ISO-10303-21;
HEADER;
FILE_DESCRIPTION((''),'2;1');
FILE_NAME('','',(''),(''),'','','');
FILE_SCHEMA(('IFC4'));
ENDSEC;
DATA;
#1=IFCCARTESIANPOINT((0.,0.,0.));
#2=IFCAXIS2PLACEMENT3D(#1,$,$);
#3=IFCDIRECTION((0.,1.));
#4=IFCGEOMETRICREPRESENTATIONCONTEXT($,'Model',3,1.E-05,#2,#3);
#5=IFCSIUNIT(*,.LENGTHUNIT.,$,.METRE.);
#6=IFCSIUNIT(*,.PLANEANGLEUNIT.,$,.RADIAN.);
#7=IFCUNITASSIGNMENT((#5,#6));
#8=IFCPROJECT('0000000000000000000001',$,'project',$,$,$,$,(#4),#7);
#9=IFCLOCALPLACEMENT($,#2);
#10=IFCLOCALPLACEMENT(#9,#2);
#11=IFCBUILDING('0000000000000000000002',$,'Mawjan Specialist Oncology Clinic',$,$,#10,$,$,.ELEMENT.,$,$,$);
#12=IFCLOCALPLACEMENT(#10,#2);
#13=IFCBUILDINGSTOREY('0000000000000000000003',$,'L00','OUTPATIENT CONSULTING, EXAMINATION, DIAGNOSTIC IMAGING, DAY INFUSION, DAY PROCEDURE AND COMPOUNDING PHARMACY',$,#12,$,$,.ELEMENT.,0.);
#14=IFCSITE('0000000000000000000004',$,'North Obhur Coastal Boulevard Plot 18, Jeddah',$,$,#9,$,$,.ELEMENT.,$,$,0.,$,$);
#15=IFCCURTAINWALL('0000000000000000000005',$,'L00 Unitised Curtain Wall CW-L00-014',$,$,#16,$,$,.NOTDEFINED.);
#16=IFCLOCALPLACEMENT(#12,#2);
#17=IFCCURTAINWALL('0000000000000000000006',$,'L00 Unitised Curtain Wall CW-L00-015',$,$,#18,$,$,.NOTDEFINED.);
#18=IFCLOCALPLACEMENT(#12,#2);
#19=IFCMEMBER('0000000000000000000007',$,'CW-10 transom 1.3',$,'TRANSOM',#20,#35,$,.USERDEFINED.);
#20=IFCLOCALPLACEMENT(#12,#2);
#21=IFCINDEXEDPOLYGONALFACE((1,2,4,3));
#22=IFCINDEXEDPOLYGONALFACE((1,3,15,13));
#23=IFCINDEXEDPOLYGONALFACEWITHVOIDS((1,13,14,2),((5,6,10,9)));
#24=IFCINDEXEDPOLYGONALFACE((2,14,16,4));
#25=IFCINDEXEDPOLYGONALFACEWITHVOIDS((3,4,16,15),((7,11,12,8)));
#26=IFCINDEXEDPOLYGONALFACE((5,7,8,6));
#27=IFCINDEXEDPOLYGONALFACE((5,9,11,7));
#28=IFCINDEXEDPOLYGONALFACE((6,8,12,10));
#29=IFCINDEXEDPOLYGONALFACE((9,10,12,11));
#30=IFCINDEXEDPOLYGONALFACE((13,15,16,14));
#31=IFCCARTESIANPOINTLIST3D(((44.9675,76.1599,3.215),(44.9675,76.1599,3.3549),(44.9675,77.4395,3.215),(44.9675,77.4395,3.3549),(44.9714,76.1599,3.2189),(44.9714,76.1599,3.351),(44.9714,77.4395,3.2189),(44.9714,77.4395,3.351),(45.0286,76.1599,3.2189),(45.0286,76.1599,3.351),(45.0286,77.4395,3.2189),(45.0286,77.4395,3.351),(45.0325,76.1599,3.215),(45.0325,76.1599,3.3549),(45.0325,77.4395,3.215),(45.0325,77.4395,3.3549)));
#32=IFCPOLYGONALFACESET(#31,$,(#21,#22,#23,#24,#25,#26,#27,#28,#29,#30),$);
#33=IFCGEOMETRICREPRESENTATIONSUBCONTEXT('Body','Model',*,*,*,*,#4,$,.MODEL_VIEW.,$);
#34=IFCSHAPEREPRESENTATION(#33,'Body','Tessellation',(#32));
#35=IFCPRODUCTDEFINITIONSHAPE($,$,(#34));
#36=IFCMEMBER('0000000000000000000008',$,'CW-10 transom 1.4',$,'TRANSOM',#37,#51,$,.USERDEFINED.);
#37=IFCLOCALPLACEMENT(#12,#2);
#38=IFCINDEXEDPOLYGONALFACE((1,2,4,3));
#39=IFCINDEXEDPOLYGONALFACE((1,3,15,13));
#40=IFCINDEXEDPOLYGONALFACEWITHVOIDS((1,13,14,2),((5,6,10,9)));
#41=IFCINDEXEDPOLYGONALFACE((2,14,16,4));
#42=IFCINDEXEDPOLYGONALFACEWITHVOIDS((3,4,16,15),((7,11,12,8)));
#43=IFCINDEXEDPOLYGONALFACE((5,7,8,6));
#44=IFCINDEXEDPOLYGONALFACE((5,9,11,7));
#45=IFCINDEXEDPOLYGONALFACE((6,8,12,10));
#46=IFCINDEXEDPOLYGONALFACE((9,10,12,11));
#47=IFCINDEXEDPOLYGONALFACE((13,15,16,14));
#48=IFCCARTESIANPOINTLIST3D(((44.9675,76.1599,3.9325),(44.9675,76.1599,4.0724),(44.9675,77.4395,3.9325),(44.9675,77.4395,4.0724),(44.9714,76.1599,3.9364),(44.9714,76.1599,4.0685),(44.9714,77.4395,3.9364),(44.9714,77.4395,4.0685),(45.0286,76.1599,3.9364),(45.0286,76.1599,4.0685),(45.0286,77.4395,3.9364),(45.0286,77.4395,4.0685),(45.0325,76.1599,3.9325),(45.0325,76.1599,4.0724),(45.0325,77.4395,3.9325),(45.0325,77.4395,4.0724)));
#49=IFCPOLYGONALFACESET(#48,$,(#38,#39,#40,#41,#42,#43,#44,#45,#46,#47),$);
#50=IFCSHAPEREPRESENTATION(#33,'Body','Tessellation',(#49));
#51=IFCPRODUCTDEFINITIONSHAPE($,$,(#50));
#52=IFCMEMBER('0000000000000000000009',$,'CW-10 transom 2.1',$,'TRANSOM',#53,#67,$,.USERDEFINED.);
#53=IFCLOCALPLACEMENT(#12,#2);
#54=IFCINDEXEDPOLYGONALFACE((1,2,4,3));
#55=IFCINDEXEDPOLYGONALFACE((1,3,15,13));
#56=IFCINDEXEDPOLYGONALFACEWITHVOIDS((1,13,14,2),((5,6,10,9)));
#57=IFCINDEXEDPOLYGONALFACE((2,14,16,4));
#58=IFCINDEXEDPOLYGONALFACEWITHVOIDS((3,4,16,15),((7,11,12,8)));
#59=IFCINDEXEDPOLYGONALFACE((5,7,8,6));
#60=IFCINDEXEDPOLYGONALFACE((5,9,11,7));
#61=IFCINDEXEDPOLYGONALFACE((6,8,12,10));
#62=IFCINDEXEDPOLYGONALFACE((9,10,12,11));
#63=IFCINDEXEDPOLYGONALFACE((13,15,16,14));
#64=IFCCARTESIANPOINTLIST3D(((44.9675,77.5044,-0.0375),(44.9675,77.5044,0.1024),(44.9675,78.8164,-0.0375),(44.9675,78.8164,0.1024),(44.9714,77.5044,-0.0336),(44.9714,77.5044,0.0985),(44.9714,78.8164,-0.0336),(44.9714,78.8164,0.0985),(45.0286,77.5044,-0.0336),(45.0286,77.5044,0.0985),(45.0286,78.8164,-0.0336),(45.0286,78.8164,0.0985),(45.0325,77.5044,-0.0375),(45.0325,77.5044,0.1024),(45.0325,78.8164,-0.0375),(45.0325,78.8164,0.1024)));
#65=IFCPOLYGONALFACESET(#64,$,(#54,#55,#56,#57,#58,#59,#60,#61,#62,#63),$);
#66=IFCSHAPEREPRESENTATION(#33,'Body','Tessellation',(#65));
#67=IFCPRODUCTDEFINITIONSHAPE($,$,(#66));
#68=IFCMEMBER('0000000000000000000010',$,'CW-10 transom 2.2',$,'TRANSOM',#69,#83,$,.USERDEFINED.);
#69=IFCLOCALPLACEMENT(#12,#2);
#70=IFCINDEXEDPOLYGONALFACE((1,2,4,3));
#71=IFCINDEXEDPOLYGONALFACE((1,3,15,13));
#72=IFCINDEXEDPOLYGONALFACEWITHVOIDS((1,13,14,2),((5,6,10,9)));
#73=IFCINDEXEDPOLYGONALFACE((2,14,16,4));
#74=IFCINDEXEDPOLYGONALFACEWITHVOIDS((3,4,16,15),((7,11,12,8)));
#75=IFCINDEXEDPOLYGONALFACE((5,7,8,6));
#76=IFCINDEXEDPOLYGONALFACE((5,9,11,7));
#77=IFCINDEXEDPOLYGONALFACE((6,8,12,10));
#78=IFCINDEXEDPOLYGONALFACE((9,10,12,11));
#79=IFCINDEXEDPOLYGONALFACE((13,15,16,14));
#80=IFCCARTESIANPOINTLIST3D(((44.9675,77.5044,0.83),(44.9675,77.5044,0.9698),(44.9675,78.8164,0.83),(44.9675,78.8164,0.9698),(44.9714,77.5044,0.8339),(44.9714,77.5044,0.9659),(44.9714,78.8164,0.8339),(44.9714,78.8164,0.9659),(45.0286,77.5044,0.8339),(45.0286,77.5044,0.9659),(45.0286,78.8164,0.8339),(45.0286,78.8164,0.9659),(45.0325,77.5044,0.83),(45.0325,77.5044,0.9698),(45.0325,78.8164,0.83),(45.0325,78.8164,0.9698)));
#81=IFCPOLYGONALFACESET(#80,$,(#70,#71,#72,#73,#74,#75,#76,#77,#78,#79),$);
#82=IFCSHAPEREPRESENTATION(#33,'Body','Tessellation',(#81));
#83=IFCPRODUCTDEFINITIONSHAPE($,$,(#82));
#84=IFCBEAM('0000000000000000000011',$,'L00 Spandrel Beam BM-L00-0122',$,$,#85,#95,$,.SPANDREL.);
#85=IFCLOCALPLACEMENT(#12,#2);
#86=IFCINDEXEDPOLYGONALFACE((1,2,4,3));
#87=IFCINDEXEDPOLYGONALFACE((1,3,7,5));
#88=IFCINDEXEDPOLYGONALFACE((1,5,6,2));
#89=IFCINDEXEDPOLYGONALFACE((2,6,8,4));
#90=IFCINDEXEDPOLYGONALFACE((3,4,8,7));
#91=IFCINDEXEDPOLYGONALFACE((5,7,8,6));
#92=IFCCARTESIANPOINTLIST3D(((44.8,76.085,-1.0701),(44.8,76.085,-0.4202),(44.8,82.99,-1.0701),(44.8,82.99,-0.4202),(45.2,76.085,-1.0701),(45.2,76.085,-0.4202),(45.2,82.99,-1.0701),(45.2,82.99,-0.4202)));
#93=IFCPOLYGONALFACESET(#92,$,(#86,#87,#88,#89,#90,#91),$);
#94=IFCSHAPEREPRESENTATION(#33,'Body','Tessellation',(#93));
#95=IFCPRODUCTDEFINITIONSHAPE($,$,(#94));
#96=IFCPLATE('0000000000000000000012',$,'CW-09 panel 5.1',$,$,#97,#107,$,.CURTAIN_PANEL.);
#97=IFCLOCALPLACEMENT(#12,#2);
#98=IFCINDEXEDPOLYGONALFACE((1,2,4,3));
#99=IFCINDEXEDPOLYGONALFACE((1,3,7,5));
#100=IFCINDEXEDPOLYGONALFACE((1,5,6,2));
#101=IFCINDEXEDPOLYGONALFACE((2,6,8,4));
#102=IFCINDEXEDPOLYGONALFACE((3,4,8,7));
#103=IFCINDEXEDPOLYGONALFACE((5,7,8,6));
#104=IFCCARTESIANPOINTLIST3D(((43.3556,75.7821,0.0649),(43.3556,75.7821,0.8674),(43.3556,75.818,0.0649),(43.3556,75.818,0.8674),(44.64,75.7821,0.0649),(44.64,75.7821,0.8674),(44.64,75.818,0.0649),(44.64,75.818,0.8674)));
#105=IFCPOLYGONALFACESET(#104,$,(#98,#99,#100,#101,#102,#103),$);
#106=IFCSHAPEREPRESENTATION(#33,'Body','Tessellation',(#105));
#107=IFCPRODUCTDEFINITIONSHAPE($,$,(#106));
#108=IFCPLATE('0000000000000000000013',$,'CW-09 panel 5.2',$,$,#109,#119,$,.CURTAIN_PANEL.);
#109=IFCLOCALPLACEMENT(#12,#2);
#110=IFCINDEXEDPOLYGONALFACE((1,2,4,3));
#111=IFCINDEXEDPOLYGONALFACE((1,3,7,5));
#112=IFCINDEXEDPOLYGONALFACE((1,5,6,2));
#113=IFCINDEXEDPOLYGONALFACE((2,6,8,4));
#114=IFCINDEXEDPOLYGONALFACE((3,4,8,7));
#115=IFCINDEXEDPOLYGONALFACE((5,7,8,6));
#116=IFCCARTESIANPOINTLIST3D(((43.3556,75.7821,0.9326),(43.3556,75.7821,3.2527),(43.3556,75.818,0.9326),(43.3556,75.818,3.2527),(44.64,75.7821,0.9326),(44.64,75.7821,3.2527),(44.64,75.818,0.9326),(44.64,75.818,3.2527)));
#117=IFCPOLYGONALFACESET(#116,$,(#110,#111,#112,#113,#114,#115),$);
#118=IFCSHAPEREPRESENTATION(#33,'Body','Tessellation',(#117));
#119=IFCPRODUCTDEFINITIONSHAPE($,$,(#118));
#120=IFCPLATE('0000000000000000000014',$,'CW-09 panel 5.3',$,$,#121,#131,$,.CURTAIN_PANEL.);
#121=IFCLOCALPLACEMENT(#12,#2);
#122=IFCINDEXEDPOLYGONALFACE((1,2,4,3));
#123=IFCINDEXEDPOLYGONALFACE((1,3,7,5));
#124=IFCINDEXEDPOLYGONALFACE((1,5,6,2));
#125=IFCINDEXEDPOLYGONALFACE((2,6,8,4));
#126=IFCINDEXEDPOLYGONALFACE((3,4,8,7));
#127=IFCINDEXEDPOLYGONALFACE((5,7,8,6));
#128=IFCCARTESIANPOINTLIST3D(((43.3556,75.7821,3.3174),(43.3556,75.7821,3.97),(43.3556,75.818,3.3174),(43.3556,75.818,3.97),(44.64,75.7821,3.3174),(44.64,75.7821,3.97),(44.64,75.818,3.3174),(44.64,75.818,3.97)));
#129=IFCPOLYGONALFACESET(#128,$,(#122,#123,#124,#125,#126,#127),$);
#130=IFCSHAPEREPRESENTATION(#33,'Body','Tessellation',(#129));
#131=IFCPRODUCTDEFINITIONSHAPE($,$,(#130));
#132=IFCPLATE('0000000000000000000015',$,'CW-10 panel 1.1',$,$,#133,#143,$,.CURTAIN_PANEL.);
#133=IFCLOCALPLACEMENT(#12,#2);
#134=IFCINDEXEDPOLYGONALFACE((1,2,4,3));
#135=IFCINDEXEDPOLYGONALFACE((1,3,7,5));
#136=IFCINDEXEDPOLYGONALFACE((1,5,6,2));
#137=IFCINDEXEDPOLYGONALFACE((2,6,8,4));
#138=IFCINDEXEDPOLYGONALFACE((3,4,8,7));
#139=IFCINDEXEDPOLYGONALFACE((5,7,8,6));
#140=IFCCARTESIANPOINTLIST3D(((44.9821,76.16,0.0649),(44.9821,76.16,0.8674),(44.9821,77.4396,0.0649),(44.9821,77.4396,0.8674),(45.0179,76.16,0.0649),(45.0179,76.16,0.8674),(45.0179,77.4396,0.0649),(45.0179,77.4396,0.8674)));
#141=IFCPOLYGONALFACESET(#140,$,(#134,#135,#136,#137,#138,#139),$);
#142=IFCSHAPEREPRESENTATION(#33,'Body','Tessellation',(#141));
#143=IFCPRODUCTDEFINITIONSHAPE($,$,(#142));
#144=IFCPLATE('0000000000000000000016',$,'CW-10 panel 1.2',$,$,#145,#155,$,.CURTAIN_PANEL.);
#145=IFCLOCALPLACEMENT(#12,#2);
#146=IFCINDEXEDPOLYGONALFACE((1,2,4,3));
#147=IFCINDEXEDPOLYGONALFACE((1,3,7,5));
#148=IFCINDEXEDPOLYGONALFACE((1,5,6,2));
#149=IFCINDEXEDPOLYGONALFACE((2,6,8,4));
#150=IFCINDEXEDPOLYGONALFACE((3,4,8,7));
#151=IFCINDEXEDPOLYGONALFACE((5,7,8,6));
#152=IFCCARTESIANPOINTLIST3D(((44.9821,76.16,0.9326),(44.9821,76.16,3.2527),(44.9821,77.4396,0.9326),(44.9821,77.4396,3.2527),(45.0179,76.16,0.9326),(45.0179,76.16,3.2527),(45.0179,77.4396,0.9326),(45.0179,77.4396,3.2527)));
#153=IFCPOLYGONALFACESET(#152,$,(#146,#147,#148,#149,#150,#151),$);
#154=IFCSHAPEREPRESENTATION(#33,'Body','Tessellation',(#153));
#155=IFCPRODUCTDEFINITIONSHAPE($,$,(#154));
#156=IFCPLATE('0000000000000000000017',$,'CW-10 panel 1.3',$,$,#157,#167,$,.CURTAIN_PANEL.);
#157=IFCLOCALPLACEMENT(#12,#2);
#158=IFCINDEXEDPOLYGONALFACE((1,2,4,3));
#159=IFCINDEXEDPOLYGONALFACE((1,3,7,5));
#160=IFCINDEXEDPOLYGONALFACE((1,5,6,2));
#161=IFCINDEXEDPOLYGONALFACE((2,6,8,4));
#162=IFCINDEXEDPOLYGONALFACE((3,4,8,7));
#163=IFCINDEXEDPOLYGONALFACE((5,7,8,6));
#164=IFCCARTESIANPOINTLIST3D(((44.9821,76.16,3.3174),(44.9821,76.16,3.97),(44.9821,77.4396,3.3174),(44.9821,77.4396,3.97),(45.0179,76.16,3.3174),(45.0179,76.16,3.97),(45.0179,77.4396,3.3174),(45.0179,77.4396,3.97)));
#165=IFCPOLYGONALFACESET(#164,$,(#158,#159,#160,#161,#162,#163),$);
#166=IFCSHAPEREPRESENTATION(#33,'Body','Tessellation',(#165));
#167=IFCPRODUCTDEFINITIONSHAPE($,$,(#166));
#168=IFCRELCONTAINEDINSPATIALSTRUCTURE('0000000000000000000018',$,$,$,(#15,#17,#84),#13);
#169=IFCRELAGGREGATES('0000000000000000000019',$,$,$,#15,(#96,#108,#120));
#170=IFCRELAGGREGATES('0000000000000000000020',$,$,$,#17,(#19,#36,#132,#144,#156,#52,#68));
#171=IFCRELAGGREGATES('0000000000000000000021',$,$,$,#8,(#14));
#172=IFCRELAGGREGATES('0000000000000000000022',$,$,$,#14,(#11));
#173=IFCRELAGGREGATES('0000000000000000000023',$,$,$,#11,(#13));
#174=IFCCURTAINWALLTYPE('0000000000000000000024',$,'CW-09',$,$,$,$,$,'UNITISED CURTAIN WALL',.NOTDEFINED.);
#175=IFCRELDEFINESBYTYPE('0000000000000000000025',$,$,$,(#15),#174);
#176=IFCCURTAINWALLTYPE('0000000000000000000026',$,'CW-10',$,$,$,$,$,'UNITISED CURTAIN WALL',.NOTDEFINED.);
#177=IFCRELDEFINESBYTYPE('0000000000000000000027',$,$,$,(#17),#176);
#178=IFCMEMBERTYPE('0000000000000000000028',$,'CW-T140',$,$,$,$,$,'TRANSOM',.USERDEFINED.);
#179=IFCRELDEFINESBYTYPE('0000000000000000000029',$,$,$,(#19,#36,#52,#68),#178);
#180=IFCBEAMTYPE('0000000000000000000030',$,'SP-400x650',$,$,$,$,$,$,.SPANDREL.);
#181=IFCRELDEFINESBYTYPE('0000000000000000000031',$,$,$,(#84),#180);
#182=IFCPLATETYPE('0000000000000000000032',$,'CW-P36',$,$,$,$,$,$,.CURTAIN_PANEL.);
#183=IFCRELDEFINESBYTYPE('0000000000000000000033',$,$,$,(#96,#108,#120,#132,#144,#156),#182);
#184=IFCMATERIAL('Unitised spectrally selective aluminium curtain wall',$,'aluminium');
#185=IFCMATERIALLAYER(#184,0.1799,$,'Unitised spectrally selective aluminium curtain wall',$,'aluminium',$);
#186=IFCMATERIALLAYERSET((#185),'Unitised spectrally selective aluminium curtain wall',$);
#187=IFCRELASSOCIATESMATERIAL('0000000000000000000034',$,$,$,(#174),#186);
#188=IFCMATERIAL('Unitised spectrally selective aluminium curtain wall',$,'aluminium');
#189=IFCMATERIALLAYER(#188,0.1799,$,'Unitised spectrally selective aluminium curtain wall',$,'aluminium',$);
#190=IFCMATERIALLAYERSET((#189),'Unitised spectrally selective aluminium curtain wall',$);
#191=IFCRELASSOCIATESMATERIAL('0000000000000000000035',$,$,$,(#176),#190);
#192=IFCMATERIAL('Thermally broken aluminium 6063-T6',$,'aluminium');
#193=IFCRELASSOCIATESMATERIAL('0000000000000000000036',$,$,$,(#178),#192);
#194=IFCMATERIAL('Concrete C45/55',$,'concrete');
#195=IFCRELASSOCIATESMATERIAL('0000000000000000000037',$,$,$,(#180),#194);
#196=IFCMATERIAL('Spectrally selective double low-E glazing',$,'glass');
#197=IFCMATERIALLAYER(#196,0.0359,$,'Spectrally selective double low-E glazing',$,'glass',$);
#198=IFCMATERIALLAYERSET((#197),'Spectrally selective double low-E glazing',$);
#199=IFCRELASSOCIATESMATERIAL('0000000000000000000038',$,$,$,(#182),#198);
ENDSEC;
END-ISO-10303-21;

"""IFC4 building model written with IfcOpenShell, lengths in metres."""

from ifc_helpers import new_model, si_unit, direction, frame, origin, origin_2d, place, context, subcontext, project, spatial, rectangle, hollow_rectangle, extrude, material, layer, layer_set, material_profile, profile_set, type_object, element, aggregate, save


model = new_model("IFC4")

# Units and contexts
model_context = context("Model", 3, precision=1e-05, world=origin(), true_north=direction((0.0, 1.0)))
body_context = subcontext(model_context, "Body", "Model", "MODEL_VIEW")
ifc_project = project(units=[si_unit("LENGTHUNIT", "METRE"), si_unit("PLANEANGLEUNIT", "RADIAN")], contexts=[model_context])

# Site, building, storey
site_placement = place(None, origin())
site = spatial("IfcSite", under=ifc_project, at=site_placement, Name="North Obhur Coastal Boulevard Plot 18, Jeddah", CompositionType="ELEMENT", RefElevation=0.0)
building_placement = place(site_placement, origin())
building = spatial("IfcBuilding", under=site, at=building_placement, Name="Mawjan Specialist Oncology Clinic", CompositionType="ELEMENT")
storey_placement = place(building_placement, origin())
storey = spatial("IfcBuildingStorey", under=building, at=storey_placement, Name="L00", Description="OUTPATIENT CONSULTING, EXAMINATION, DIAGNOSTIC IMAGING, DAY INFUSION, DAY PROCEDURE AND COMPOUNDING PHARMACY", CompositionType="ELEMENT", Elevation=0.0)

# Curtain walls
ifc_material_1 = material(Name="Unitised spectrally selective aluminium curtain wall", Category="aluminium")
ifc_layer_1 = layer(ifc_material_1, 0.1799, Name="Unitised spectrally selective aluminium curtain wall", Category="aluminium")
ifc_layer_set_1 = layer_set([ifc_layer_1], Name="Unitised spectrally selective aluminium curtain wall")
curtain_wall_type_1 = type_object("IfcCurtainWallType", Name="CW-09", ElementType="UNITISED CURTAIN WALL", PredefinedType="NOTDEFINED", material=ifc_layer_set_1)
curtain_wall_1_placement = place(storey_placement, origin())
curtain_wall_1 = element("IfcCurtainWall", 1, at=curtain_wall_1_placement, inside=storey, type_object=curtain_wall_type_1, Name="L00 Unitised Curtain Wall CW-L00-014", PredefinedType="NOTDEFINED")
ifc_material_2 = material(Name="Unitised spectrally selective aluminium curtain wall", Category="aluminium")
ifc_layer_2 = layer(ifc_material_2, 0.1799, Name="Unitised spectrally selective aluminium curtain wall", Category="aluminium")
ifc_layer_set_2 = layer_set([ifc_layer_2], Name="Unitised spectrally selective aluminium curtain wall")
curtain_wall_type_2 = type_object("IfcCurtainWallType", Name="CW-10", ElementType="UNITISED CURTAIN WALL", PredefinedType="NOTDEFINED", material=ifc_layer_set_2)
curtain_wall_2_placement = place(storey_placement, origin())
curtain_wall_2 = element("IfcCurtainWall", 2, at=curtain_wall_2_placement, inside=storey, type_object=curtain_wall_type_2, Name="L00 Unitised Curtain Wall CW-L00-015", PredefinedType="NOTDEFINED")

# Members
ifc_material_3 = material(Name="Thermally broken aluminium 6063-T6", Category="aluminium")
ifc_material_profile_1 = material_profile(ifc_material_3, hollow_rectangle(XDim=0.0649, YDim=0.1399, WallThickness=0.0039, at=origin_2d()), Name="ALU TRANSOM 140x65x4", Category="aluminium")
ifc_profile_set_1 = profile_set([ifc_material_profile_1], Name="Thermally broken aluminium 6063-T6")
member_type_1 = type_object("IfcMemberType", Name="CW-T140", ElementType="TRANSOM", PredefinedType="USERDEFINED", material=ifc_profile_set_1)
member_1_placement = place(storey_placement, frame((45.0, 76.1599, 3.2849), z_axis=(0.0, 1.0, 0.0), x_axis=(-1.0, 0.0, 0.0)))
member_1 = element("IfcMember", 3, at=member_1_placement, type_object=member_type_1, Name="CW-10 transom 1.3", ObjectType="TRANSOM", PredefinedType="USERDEFINED", context=body_context, shape_type="SweptSolid", body=[
    extrude(hollow_rectangle(XDim=0.0649, YDim=0.1399, WallThickness=0.0039, at=origin_2d()), origin(), (0.0, 0.0, 1.0), 1.2795),
])
member_2_placement = place(storey_placement, frame((45.0, 76.1599, 4.0024), z_axis=(0.0, 1.0, 0.0), x_axis=(-1.0, 0.0, 0.0)))
member_2 = element("IfcMember", 4, at=member_2_placement, type_object=member_type_1, Name="CW-10 transom 1.4", ObjectType="TRANSOM", PredefinedType="USERDEFINED", context=body_context, shape_type="SweptSolid", body=[
    extrude(hollow_rectangle(XDim=0.0649, YDim=0.1399, WallThickness=0.0039, at=origin_2d()), origin(), (0.0, 0.0, 1.0), 1.2795),
])
member_3_placement = place(storey_placement, frame((45.0, 77.5044, 0.0325), z_axis=(0.0, 1.0, 0.0), x_axis=(-1.0, 0.0, 0.0)))
member_3 = element("IfcMember", 5, at=member_3_placement, type_object=member_type_1, Name="CW-10 transom 2.1", ObjectType="TRANSOM", PredefinedType="USERDEFINED", context=body_context, shape_type="SweptSolid", body=[
    extrude(hollow_rectangle(XDim=0.0649, YDim=0.1399, WallThickness=0.0039, at=origin_2d()), origin(), (0.0, 0.0, 1.0), 1.312),
])
member_4_placement = place(storey_placement, frame((45.0, 77.5044, 0.8999), z_axis=(0.0, 1.0, 0.0), x_axis=(-1.0, 0.0, 0.0)))
member_4 = element("IfcMember", 6, at=member_4_placement, type_object=member_type_1, Name="CW-10 transom 2.2", ObjectType="TRANSOM", PredefinedType="USERDEFINED", context=body_context, shape_type="SweptSolid", body=[
    extrude(hollow_rectangle(XDim=0.0649, YDim=0.1399, WallThickness=0.0039, at=origin_2d()), origin(), (0.0, 0.0, 1.0), 1.312),
])

# Beam
ifc_material_4 = material(Name="Concrete C45/55", Category="concrete")
ifc_material_profile_2 = material_profile(ifc_material_4, rectangle(XDim=0.3999, YDim=0.6499, at=origin_2d()), Name="RC BM 400x650", Category="concrete")
ifc_profile_set_2 = profile_set([ifc_material_profile_2], Name="Concrete C45/55")
beam_type = type_object("IfcBeamType", Name="SP-400x650", PredefinedType="SPANDREL", material=ifc_profile_set_2)
beam_placement = place(storey_placement, frame((45.0, 76.085, -0.7451), z_axis=(0.0, 1.0, 0.0), x_axis=(-1.0, 0.0, 0.0)))
element("IfcBeam", 7, at=beam_placement, inside=storey, type_object=beam_type, Name="L00 Spandrel Beam BM-L00-0122", PredefinedType="SPANDREL", context=body_context, shape_type="SweptSolid", body=[
    extrude(rectangle(XDim=0.3999, YDim=0.6499, at=origin_2d()), origin(), (0.0, 0.0, 1.0), 6.905),
])

# Plates
ifc_material_5 = material(Name="Spectrally selective double low-E glazing", Category="glass")
ifc_layer_3 = layer(ifc_material_5, 0.0359, Name="Spectrally selective double low-E glazing", Category="glass")
ifc_layer_set_3 = layer_set([ifc_layer_3], Name="Spectrally selective double low-E glazing")
plate_type = type_object("IfcPlateType", Name="CW-P36", PredefinedType="CURTAIN_PANEL", material=ifc_layer_set_3)
plate_1_placement = place(storey_placement, frame((43.9978, 75.8, 0.0649), z_axis=(0.0, 0.0, 1.0), x_axis=(1.0, 0.0, 0.0)))
plate_1 = element("IfcPlate", 8, at=plate_1_placement, type_object=plate_type, Name="CW-09 panel 5.1", PredefinedType="CURTAIN_PANEL", context=body_context, shape_type="SweptSolid", body=[
    extrude(rectangle(XDim=1.2844, YDim=0.0359, at=origin_2d()), origin(), (0.0, 0.0, 1.0), 0.8025),
])
plate_2_placement = place(storey_placement, frame((43.9978, 75.8, 0.9326), z_axis=(0.0, 0.0, 1.0), x_axis=(1.0, 0.0, 0.0)))
plate_2 = element("IfcPlate", 9, at=plate_2_placement, type_object=plate_type, Name="CW-09 panel 5.2", PredefinedType="CURTAIN_PANEL", context=body_context, shape_type="SweptSolid", body=[
    extrude(rectangle(XDim=1.2844, YDim=0.0359, at=origin_2d()), origin(), (0.0, 0.0, 1.0), 2.3201),
])
plate_3_placement = place(storey_placement, frame((43.9978, 75.8, 3.3174), z_axis=(0.0, 0.0, 1.0), x_axis=(1.0, 0.0, 0.0)))
plate_3 = element("IfcPlate", 10, at=plate_3_placement, type_object=plate_type, Name="CW-09 panel 5.3", PredefinedType="CURTAIN_PANEL", context=body_context, shape_type="SweptSolid", body=[
    extrude(rectangle(XDim=1.2844, YDim=0.0359, at=origin_2d()), origin(), (0.0, 0.0, 1.0), 0.6526),
])
aggregate(curtain_wall_1, [plate_1, plate_2, plate_3])
plate_4_placement = place(storey_placement, frame((45.0, 76.7998, 0.0649), z_axis=(0.0, 0.0, 1.0), x_axis=(0.0, 1.0, 0.0)))
plate_4 = element("IfcPlate", 11, at=plate_4_placement, type_object=plate_type, Name="CW-10 panel 1.1", PredefinedType="CURTAIN_PANEL", context=body_context, shape_type="SweptSolid", body=[
    extrude(rectangle(XDim=1.2795, YDim=0.0359, at=origin_2d()), origin(), (0.0, 0.0, 1.0), 0.8025),
])
plate_5_placement = place(storey_placement, frame((45.0, 76.7998, 0.9326), z_axis=(0.0, 0.0, 1.0), x_axis=(0.0, 1.0, 0.0)))
plate_5 = element("IfcPlate", 12, at=plate_5_placement, type_object=plate_type, Name="CW-10 panel 1.2", PredefinedType="CURTAIN_PANEL", context=body_context, shape_type="SweptSolid", body=[
    extrude(rectangle(XDim=1.2795, YDim=0.0359, at=origin_2d()), origin(), (0.0, 0.0, 1.0), 2.3201),
])
plate_6_placement = place(storey_placement, frame((45.0, 76.7998, 3.3174), z_axis=(0.0, 0.0, 1.0), x_axis=(0.0, 1.0, 0.0)))
plate_6 = element("IfcPlate", 13, at=plate_6_placement, type_object=plate_type, Name="CW-10 panel 1.3", PredefinedType="CURTAIN_PANEL", context=body_context, shape_type="SweptSolid", body=[
    extrude(rectangle(XDim=1.2795, YDim=0.0359, at=origin_2d()), origin(), (0.0, 0.0, 1.0), 0.6526),
])
aggregate(curtain_wall_2, [member_1, member_2, plate_4, plate_5, plate_6, member_3, member_4])

save(model, "model.ifc")
